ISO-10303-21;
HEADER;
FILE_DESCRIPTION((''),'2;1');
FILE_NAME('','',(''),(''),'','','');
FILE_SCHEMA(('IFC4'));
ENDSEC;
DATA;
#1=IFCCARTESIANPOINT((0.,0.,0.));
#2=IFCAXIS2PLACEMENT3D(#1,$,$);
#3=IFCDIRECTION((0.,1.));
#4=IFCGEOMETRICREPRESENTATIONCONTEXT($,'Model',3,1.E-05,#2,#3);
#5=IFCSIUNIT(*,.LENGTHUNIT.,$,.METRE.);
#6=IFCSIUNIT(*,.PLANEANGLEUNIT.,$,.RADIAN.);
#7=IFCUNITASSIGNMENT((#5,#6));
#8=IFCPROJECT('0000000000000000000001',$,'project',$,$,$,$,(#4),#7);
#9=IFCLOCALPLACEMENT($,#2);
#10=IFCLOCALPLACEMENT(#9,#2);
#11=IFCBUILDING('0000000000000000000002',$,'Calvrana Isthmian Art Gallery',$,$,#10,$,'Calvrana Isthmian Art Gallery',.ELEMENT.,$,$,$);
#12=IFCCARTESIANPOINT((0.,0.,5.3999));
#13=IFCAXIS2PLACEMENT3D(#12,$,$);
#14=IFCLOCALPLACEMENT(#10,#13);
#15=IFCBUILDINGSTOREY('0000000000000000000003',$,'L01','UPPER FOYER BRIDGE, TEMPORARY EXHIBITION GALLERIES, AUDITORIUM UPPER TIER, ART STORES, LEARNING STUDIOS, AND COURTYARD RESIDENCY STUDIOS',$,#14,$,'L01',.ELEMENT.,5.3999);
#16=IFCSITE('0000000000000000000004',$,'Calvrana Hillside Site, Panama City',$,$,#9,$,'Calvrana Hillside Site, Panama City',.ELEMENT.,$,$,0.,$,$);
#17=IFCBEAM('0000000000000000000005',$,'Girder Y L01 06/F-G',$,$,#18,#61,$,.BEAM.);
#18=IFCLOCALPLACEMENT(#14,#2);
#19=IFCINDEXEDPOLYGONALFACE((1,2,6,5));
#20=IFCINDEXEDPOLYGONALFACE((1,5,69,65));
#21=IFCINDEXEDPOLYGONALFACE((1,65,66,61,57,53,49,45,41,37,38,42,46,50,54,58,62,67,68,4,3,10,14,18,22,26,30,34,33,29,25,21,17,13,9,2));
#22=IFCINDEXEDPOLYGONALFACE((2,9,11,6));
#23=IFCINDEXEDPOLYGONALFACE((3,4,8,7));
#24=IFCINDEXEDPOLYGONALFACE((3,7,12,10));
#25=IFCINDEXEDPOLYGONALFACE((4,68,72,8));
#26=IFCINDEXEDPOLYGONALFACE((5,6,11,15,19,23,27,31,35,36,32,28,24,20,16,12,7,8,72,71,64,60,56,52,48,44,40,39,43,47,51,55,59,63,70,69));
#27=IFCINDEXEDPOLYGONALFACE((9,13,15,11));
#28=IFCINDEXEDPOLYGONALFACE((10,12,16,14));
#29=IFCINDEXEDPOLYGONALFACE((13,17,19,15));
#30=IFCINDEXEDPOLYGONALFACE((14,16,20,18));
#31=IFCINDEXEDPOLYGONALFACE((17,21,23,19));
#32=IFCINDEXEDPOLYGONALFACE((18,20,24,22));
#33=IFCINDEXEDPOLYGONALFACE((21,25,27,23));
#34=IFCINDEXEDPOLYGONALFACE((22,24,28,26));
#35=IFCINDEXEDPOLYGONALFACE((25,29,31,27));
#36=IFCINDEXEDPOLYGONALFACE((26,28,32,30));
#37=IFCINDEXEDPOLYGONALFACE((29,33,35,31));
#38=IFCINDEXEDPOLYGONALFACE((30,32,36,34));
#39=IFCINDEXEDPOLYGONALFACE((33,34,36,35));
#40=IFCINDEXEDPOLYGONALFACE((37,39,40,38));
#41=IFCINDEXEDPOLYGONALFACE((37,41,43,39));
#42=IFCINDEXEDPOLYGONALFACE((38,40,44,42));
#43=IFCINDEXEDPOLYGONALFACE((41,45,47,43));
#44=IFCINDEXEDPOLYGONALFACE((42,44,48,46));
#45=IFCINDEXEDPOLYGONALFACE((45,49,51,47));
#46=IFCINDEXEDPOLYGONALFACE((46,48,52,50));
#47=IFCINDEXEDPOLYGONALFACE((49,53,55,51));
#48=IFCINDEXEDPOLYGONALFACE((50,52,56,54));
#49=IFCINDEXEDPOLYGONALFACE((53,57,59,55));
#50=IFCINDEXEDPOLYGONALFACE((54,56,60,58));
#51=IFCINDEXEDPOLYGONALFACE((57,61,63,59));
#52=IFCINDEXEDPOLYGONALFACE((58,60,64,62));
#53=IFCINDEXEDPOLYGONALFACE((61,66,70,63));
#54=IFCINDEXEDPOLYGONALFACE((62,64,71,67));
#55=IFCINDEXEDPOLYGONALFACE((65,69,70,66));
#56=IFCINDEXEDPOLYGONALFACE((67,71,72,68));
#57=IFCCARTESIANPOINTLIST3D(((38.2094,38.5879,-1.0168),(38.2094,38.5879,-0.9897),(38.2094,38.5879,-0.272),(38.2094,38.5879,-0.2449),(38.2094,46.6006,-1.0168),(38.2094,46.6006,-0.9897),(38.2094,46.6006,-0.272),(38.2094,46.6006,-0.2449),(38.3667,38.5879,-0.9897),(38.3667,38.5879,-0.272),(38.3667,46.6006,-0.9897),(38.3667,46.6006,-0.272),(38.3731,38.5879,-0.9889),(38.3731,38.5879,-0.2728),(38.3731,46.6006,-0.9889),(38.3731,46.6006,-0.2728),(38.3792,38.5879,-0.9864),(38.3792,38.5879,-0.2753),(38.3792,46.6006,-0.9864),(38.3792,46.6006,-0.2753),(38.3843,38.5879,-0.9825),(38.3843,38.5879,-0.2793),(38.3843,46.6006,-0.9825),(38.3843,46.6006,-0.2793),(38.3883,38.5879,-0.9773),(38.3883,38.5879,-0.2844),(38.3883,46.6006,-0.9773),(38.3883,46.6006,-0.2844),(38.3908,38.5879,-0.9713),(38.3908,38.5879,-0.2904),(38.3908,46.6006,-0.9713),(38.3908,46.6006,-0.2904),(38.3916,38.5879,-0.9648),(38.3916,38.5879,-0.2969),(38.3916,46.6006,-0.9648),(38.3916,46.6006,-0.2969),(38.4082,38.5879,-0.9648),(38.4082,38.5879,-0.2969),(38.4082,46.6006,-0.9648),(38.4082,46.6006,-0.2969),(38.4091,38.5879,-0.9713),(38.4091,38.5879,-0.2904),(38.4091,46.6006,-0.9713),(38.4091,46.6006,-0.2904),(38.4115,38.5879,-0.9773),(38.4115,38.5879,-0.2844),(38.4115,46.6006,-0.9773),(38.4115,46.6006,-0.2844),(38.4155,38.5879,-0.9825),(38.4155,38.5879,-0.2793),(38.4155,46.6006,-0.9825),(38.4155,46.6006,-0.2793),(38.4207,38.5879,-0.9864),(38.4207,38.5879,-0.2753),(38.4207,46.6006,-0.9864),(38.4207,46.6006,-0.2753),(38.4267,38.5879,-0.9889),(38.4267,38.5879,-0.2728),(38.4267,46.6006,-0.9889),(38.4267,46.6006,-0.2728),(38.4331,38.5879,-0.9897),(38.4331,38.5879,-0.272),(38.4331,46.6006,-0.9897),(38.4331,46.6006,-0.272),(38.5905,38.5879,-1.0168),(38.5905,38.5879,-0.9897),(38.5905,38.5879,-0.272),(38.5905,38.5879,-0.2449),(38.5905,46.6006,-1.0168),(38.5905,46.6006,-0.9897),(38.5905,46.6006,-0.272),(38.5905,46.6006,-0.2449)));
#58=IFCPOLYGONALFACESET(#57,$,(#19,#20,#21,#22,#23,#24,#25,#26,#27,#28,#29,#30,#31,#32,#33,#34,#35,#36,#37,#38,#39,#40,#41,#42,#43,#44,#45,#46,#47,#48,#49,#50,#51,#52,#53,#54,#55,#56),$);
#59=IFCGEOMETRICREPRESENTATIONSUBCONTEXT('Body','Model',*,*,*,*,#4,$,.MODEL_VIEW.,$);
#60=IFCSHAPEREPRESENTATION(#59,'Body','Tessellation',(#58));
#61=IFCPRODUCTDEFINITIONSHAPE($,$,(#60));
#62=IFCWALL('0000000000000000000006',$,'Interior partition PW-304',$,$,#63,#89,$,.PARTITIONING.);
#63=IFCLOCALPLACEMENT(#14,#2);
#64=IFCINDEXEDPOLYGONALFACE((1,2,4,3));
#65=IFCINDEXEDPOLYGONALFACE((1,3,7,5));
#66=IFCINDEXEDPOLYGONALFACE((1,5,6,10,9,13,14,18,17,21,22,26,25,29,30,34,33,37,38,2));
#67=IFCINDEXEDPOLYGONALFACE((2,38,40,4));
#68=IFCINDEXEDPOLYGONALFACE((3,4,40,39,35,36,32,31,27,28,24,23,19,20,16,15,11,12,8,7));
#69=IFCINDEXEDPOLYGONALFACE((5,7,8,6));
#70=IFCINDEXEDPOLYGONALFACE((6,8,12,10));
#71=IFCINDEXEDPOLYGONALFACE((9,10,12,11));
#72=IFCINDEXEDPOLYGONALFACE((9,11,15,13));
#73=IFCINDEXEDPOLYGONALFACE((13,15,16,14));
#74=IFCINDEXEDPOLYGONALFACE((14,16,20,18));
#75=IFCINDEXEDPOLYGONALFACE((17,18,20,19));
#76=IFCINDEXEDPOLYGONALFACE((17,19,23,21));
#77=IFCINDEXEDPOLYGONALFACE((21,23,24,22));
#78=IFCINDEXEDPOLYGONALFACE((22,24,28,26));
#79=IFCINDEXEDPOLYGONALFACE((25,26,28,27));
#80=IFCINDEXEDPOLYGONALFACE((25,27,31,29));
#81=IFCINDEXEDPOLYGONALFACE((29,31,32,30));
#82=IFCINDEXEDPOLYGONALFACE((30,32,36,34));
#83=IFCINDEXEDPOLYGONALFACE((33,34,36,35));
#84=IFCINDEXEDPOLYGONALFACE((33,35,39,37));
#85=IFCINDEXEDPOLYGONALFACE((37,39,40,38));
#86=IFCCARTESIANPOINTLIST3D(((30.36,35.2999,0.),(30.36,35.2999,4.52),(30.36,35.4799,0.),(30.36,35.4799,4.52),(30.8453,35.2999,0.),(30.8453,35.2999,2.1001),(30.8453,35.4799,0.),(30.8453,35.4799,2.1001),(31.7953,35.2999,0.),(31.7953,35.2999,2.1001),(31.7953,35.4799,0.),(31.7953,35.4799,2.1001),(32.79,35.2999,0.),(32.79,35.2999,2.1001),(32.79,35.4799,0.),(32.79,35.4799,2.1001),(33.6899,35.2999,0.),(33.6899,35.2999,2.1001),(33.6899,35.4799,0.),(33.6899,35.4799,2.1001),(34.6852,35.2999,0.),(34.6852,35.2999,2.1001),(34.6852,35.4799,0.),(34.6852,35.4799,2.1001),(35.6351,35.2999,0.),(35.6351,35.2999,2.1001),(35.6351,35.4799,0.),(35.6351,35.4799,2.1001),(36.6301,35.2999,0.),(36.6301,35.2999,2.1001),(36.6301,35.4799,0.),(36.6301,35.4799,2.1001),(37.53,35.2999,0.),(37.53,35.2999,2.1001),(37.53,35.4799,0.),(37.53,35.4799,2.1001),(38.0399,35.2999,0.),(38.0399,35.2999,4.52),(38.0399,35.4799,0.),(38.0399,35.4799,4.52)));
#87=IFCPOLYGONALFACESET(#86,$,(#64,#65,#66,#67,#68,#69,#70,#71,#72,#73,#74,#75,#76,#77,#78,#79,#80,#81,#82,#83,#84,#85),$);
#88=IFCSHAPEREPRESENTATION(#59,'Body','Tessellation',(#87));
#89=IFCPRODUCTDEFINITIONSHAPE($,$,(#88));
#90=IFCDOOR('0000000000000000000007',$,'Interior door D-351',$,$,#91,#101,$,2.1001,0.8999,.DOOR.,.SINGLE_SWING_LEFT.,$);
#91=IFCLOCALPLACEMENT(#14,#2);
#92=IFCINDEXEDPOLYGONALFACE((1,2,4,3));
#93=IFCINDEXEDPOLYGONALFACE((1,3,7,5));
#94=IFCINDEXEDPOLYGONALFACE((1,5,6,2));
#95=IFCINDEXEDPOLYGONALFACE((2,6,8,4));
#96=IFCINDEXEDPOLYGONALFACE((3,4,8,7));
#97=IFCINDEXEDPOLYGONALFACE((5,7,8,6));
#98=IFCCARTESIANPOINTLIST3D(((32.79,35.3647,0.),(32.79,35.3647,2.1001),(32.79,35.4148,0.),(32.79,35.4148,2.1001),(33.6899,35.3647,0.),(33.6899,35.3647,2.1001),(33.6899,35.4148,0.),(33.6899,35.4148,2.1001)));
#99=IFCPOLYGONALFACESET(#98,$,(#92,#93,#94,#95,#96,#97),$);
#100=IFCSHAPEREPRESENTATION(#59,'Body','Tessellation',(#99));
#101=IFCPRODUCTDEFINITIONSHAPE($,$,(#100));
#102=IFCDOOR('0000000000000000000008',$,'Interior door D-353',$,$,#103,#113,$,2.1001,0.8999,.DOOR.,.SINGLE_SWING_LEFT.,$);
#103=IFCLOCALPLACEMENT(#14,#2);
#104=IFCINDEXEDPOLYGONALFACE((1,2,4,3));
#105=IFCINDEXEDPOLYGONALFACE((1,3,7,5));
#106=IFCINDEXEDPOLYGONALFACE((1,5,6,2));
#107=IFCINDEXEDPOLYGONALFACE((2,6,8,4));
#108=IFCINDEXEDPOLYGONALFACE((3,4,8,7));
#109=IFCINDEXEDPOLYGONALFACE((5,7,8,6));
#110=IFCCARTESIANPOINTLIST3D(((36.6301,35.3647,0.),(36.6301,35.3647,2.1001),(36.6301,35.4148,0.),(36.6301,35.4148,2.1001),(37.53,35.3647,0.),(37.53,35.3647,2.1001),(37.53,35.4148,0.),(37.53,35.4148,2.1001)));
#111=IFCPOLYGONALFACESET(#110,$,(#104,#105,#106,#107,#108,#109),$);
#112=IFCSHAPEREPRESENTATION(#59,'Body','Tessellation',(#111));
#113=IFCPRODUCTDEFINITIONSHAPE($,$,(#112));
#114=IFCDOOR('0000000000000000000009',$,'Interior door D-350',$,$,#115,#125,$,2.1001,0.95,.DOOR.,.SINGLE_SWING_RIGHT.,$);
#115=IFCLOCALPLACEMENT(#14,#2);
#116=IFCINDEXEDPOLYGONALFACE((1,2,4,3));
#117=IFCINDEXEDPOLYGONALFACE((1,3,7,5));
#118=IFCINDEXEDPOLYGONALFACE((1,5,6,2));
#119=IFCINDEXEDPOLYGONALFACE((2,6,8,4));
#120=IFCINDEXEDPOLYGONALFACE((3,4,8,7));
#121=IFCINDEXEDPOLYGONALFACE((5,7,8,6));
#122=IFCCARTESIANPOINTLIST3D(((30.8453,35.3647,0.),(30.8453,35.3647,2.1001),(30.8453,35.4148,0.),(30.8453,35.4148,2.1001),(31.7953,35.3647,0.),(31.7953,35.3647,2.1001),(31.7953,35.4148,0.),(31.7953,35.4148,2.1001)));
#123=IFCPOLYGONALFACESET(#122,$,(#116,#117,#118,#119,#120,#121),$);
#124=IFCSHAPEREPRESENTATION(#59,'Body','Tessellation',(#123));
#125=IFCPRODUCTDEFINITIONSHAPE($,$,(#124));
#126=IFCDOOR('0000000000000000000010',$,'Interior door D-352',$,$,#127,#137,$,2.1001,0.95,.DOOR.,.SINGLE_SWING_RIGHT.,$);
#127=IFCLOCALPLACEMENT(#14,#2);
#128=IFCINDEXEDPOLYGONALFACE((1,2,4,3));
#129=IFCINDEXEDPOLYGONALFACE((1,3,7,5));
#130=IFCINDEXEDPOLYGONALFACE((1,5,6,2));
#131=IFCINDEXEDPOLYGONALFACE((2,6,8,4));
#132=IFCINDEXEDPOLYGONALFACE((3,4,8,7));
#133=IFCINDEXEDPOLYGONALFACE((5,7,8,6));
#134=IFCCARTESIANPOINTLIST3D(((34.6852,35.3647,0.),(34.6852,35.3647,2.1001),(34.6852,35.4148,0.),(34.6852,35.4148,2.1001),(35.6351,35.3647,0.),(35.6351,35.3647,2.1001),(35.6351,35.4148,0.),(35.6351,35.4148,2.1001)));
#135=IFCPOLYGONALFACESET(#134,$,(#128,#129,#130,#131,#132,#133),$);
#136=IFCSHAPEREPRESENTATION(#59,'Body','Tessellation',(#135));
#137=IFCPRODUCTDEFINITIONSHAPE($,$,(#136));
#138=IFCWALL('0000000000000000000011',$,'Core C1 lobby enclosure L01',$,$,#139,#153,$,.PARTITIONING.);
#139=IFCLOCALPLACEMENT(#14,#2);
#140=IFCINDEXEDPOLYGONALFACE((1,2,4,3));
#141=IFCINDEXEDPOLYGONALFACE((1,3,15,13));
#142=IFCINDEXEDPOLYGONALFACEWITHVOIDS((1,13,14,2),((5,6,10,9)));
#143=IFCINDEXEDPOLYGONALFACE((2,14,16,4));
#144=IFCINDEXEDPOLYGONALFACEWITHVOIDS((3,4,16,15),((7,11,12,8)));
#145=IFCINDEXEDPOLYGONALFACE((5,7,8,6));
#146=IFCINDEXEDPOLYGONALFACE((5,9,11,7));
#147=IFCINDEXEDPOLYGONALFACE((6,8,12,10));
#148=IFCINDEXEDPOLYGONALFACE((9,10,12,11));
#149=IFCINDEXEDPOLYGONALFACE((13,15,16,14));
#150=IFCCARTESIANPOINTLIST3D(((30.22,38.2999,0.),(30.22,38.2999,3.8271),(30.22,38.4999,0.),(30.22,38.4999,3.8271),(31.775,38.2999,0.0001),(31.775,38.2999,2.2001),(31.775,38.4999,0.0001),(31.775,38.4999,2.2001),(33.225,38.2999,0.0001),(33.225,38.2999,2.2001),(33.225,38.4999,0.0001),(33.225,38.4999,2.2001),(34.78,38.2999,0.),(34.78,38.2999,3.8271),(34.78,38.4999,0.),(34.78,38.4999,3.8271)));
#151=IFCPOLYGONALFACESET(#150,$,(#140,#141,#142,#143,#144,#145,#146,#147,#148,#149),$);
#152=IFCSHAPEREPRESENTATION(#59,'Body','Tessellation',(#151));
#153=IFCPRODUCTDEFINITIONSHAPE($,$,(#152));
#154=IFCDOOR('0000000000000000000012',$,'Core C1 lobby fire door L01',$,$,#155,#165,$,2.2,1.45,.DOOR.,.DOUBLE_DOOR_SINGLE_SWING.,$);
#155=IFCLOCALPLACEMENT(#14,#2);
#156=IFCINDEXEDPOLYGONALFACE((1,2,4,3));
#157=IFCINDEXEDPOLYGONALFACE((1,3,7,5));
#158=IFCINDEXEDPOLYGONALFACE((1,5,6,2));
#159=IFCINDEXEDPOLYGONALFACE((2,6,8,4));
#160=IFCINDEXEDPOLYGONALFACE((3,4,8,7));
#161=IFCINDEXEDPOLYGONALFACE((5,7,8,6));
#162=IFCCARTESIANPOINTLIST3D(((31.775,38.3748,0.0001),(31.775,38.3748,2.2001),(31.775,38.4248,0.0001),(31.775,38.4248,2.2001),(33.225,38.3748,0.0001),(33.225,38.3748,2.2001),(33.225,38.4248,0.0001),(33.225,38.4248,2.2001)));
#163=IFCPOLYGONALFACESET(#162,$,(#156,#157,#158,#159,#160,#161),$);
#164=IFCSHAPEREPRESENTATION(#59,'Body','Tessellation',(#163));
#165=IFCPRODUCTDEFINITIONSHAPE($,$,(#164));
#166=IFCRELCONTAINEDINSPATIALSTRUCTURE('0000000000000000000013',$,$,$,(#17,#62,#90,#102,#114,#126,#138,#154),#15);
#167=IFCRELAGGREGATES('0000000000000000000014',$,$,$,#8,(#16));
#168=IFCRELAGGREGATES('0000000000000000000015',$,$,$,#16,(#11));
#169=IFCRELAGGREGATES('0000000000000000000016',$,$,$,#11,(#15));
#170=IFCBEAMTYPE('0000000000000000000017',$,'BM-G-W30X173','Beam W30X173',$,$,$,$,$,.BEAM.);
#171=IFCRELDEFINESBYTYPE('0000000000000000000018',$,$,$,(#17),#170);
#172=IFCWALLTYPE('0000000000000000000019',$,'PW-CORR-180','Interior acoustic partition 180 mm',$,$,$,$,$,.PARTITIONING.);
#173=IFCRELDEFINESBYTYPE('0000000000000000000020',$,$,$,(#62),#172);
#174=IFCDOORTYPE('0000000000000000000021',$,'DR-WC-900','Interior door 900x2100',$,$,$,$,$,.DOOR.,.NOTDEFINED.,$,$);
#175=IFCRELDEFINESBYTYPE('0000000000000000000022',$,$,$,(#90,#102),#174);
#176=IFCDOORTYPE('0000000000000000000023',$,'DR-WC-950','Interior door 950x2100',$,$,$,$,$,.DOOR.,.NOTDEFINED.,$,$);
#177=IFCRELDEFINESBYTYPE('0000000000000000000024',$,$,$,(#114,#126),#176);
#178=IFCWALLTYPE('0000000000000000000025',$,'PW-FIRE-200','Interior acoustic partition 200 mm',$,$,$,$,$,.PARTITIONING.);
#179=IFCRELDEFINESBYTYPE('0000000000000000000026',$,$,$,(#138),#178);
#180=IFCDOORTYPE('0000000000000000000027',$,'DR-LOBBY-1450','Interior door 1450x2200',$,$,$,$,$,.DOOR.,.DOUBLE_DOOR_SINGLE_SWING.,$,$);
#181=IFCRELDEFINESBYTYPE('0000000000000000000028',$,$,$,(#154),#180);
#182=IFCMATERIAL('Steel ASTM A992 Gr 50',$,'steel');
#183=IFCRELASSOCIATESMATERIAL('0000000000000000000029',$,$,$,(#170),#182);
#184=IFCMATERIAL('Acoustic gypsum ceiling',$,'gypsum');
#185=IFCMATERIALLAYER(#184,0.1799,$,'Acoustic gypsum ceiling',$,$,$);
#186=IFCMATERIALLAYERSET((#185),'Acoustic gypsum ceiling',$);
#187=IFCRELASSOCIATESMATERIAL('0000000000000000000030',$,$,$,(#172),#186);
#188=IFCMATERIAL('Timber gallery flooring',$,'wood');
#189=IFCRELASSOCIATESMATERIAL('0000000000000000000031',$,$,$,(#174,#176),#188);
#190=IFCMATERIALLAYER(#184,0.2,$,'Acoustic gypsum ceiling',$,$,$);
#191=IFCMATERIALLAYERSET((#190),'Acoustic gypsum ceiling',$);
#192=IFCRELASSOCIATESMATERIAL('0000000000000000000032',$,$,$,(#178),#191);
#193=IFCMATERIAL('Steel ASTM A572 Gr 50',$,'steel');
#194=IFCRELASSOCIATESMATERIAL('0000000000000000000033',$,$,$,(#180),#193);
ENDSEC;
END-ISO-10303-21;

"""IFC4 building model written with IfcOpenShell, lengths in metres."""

from ifc_helpers import new_model, si_unit, direction, frame, frame_2d, origin, origin_2d, place, context, subcontext, project, spatial, rectangle, i_section, extrude, material, layer, layer_set, material_profile, profile_set, type_object, element, fill, save


model = new_model("IFC4")

# Units and contexts
model_context = context("Model", 3, precision=1e-05, world=origin(), true_north=direction((0.0, 1.0)))
body_context = subcontext(model_context, "Body", "Model", "MODEL_VIEW")
ifc_project = project(units=[si_unit("LENGTHUNIT", "METRE"), si_unit("PLANEANGLEUNIT", "RADIAN")], contexts=[model_context])

# Site, building, storey
site_placement = place(None, origin())
site = spatial("IfcSite", under=ifc_project, at=site_placement, Name="Calvrana Hillside Site, Panama City", LongName="Calvrana Hillside Site, Panama City", CompositionType="ELEMENT", RefElevation=0.0)
building_placement = place(site_placement, origin())
building = spatial("IfcBuilding", under=site, at=building_placement, Name="Calvrana Isthmian Art Gallery", LongName="Calvrana Isthmian Art Gallery", CompositionType="ELEMENT")
storey_placement = place(building_placement, frame((0.0, 0.0, 5.3999)))
storey = spatial("IfcBuildingStorey", under=building, at=storey_placement, Name="L01", Description="UPPER FOYER BRIDGE, TEMPORARY EXHIBITION GALLERIES, AUDITORIUM UPPER TIER, ART STORES, LEARNING STUDIOS, AND COURTYARD RESIDENCY STUDIOS", LongName="L01", CompositionType="ELEMENT", Elevation=5.3999)

# Shared definitions
ifc_material_1 = material(Name="Steel ASTM A992 Gr 50", Category="steel")

# Beam
ifc_material_profile_1 = material_profile(ifc_material_1, i_section(OverallWidth=0.3811, OverallDepth=0.772, WebThickness=0.0166, FlangeThickness=0.0271, FilletRadius=0.0249, at=origin_2d()), Name="W30X173")
ifc_profile_set_1 = profile_set([ifc_material_profile_1], Name="Steel ASTM A992 Gr 50")
beam_type_1 = type_object("IfcBeamType", Name="BM-G-W30X173", Description="Beam W30X173", PredefinedType="BEAM", material=ifc_profile_set_1)
beam_1_placement = place(storey_placement, frame((38.3999, 38.5879, -0.6309), z_axis=(0.0, 1.0, 0.0), x_axis=(-1.0, 0.0, 0.0)))
element("IfcBeam", 1, at=beam_1_placement, inside=storey, type_object=beam_type_1, Name="Girder Y L01 06/F-G", PredefinedType="BEAM", context=body_context, shape_type="SweptSolid", body=[
    extrude(i_section(OverallWidth=0.3811, OverallDepth=0.772, WebThickness=0.0166, FlangeThickness=0.0271, FilletRadius=0.0249, at=origin_2d()), origin(), (0.0, 0.0, 1.0), 8.0127),
])

# Wall, openings, doors
ifc_material_2 = material(Name="Acoustic gypsum ceiling", Category="gypsum")
ifc_layer_1 = layer(ifc_material_2, 0.1799, Name="Acoustic gypsum ceiling")
ifc_layer_set_1 = layer_set([ifc_layer_1], Name="Acoustic gypsum ceiling")
wall_type_1 = type_object("IfcWallType", Name="PW-CORR-180", Description="Interior acoustic partition 180 mm", PredefinedType="PARTITIONING", material=ifc_layer_set_1)
wall_1_placement = place(storey_placement, frame((30.3601, 35.3899, 0.0), z_axis=(0.0, 0.0, 1.0), x_axis=(1.0, 0.0, 0.0)))
wall_1 = element("IfcWall", 2, at=wall_1_placement, inside=storey, type_object=wall_type_1, Name="Interior partition PW-304", PredefinedType="PARTITIONING", context=body_context, shape_type="SweptSolid", body=[
    extrude(rectangle(XDim=7.6799, YDim=0.1799, at=frame_2d((3.8398, 0.0))), origin(), (0.0, 0.0, 1.0), 4.52),
])
opening_1_placement = place(wall_1_placement, frame((0.4851, 0.0, 0.0)))
opening_1 = element("IfcOpeningElement", 3, at=opening_1_placement, cuts=wall_1, PredefinedType="OPENING", context=body_context, shape_type="SweptSolid", body=[
    extrude(rectangle(XDim=0.95, YDim=2.1001, at=frame_2d((0.4751, 1.05))), frame((0.0, 0.1001, 0.0), z_axis=(0.0, -1.0, 0.0), x_axis=(1.0, 0.0, 0.0)), (0.0, 0.0, 1.0), 0.2004),
])
opening_2_placement = place(wall_1_placement, frame((2.4299, 0.0, 0.0)))
opening_2 = element("IfcOpeningElement", 4, at=opening_2_placement, cuts=wall_1, PredefinedType="OPENING", context=body_context, shape_type="SweptSolid", body=[
    extrude(rectangle(XDim=0.8999, YDim=2.1001, at=frame_2d((0.45, 1.05))), frame((0.0, 0.1001, 0.0), z_axis=(0.0, -1.0, 0.0), x_axis=(1.0, 0.0, 0.0)), (0.0, 0.0, 1.0), 0.2004),
])
opening_3_placement = place(wall_1_placement, frame((4.325, 0.0, 0.0)))
opening_3 = element("IfcOpeningElement", 5, at=opening_3_placement, cuts=wall_1, PredefinedType="OPENING", context=body_context, shape_type="SweptSolid", body=[
    extrude(rectangle(XDim=0.95, YDim=2.1001, at=frame_2d((0.4751, 1.05))), frame((0.0, 0.1001, 0.0), z_axis=(0.0, -1.0, 0.0), x_axis=(1.0, 0.0, 0.0)), (0.0, 0.0, 1.0), 0.2004),
])
opening_4_placement = place(wall_1_placement, frame((6.27, 0.0, 0.0)))
opening_4 = element("IfcOpeningElement", 6, at=opening_4_placement, cuts=wall_1, PredefinedType="OPENING", context=body_context, shape_type="SweptSolid", body=[
    extrude(rectangle(XDim=0.8999, YDim=2.1001, at=frame_2d((0.45, 1.05))), frame((0.0, 0.1001, 0.0), z_axis=(0.0, -1.0, 0.0), x_axis=(1.0, 0.0, 0.0)), (0.0, 0.0, 1.0), 0.2004),
])
ifc_material_3 = material(Name="Timber gallery flooring", Category="wood")
door_type_1 = type_object("IfcDoorType", Name="DR-WC-900", Description="Interior door 900x2100", OperationType="NOTDEFINED", PredefinedType="DOOR", material=ifc_material_3)
door_1_placement = place(opening_2_placement, origin())
door_1 = element("IfcDoor", 7, at=door_1_placement, inside=storey, type_object=door_type_1, Name="Interior door D-351", OperationType="SINGLE_SWING_LEFT", OverallHeight=2.1001, OverallWidth=0.8999, PredefinedType="DOOR", context=body_context, shape_type="SweptSolid", body=[
    extrude(rectangle(XDim=0.8999, YDim=2.1001, at=frame_2d((0.45, 1.05))), frame((0.0, 0.0249, 0.0), z_axis=(0.0, -1.0, 0.0), x_axis=(1.0, 0.0, 0.0)), (0.0, 0.0, 1.0), 0.05),
])
fill(opening_2, door_1)
door_2_placement = place(opening_4_placement, origin())
door_2 = element("IfcDoor", 8, at=door_2_placement, inside=storey, type_object=door_type_1, Name="Interior door D-353", OperationType="SINGLE_SWING_LEFT", OverallHeight=2.1001, OverallWidth=0.8999, PredefinedType="DOOR", context=body_context, shape_type="SweptSolid", body=[
    extrude(rectangle(XDim=0.8999, YDim=2.1001, at=frame_2d((0.45, 1.05))), frame((0.0, 0.0249, 0.0), z_axis=(0.0, -1.0, 0.0), x_axis=(1.0, 0.0, 0.0)), (0.0, 0.0, 1.0), 0.05),
])
fill(opening_4, door_2)
door_type_2 = type_object("IfcDoorType", Name="DR-WC-950", Description="Interior door 950x2100", OperationType="NOTDEFINED", PredefinedType="DOOR", material=ifc_material_3)
door_3_placement = place(opening_1_placement, origin())
door_3 = element("IfcDoor", 9, at=door_3_placement, inside=storey, type_object=door_type_2, Name="Interior door D-350", OperationType="SINGLE_SWING_RIGHT", OverallHeight=2.1001, OverallWidth=0.95, PredefinedType="DOOR", context=body_context, shape_type="SweptSolid", body=[
    extrude(rectangle(XDim=0.95, YDim=2.1001, at=frame_2d((0.4751, 1.05))), frame((0.0, 0.0249, 0.0), z_axis=(0.0, -1.0, 0.0), x_axis=(1.0, 0.0, 0.0)), (0.0, 0.0, 1.0), 0.05),
])
fill(opening_1, door_3)
door_4_placement = place(opening_3_placement, origin())
door_4 = element("IfcDoor", 10, at=door_4_placement, inside=storey, type_object=door_type_2, Name="Interior door D-352", OperationType="SINGLE_SWING_RIGHT", OverallHeight=2.1001, OverallWidth=0.95, PredefinedType="DOOR", context=body_context, shape_type="SweptSolid", body=[
    extrude(rectangle(XDim=0.95, YDim=2.1001, at=frame_2d((0.4751, 1.05))), frame((0.0, 0.0249, 0.0), z_axis=(0.0, -1.0, 0.0), x_axis=(1.0, 0.0, 0.0)), (0.0, 0.0, 1.0), 0.05),
])
fill(opening_3, door_4)

# Wall, opening, door
ifc_layer_2 = layer(ifc_material_2, 0.2, Name="Acoustic gypsum ceiling")
ifc_layer_set_2 = layer_set([ifc_layer_2], Name="Acoustic gypsum ceiling")
wall_type_2 = type_object("IfcWallType", Name="PW-FIRE-200", Description="Interior acoustic partition 200 mm", PredefinedType="PARTITIONING", material=ifc_layer_set_2)
wall_2_placement = place(storey_placement, frame((30.22, 38.3999, 0.0), z_axis=(0.0, 0.0, 1.0), x_axis=(1.0, 0.0, 0.0)))
wall_2 = element("IfcWall", 11, at=wall_2_placement, inside=storey, type_object=wall_type_2, Name="Core C1 lobby enclosure L01", PredefinedType="PARTITIONING", context=body_context, shape_type="SweptSolid", body=[
    extrude(rectangle(XDim=4.5601, YDim=0.2, at=frame_2d((2.28, 0.0))), origin(), (0.0, 0.0, 1.0), 3.8271),
])
opening_5_placement = place(wall_2_placement, frame((1.5549, 0.0, 0.0)))
opening_5 = element("IfcOpeningElement", 12, at=opening_5_placement, cuts=wall_2, PredefinedType="OPENING", context=body_context, shape_type="SweptSolid", body=[
    extrude(rectangle(XDim=1.45, YDim=2.2, at=frame_2d((0.7251, 1.1001))), frame((0.0, 0.1104, 0.0), z_axis=(0.0, -1.0, 0.0), x_axis=(1.0, 0.0, 0.0)), (0.0, 0.0, 1.0), 0.2205),
])
ifc_material_4 = material(Name="Steel ASTM A572 Gr 50", Category="steel")
door_type_3 = type_object("IfcDoorType", Name="DR-LOBBY-1450", Description="Interior door 1450x2200", OperationType="DOUBLE_DOOR_SINGLE_SWING", PredefinedType="DOOR", material=ifc_material_4)
door_5_placement = place(opening_5_placement, origin())
door_5 = element("IfcDoor", 13, at=door_5_placement, inside=storey, type_object=door_type_3, Name="Core C1 lobby fire door L01", OperationType="DOUBLE_DOOR_SINGLE_SWING", OverallHeight=2.2, OverallWidth=1.45, PredefinedType="DOOR", context=body_context, shape_type="SweptSolid", body=[
    extrude(rectangle(XDim=1.45, YDim=2.2, at=frame_2d((0.7251, 1.1001))), frame((0.0, 0.0249, 0.0), z_axis=(0.0, -1.0, 0.0), x_axis=(1.0, 0.0, 0.0)), (0.0, 0.0, 1.0), 0.05),
])
fill(opening_5, door_5)

save(model, "model.ifc")
